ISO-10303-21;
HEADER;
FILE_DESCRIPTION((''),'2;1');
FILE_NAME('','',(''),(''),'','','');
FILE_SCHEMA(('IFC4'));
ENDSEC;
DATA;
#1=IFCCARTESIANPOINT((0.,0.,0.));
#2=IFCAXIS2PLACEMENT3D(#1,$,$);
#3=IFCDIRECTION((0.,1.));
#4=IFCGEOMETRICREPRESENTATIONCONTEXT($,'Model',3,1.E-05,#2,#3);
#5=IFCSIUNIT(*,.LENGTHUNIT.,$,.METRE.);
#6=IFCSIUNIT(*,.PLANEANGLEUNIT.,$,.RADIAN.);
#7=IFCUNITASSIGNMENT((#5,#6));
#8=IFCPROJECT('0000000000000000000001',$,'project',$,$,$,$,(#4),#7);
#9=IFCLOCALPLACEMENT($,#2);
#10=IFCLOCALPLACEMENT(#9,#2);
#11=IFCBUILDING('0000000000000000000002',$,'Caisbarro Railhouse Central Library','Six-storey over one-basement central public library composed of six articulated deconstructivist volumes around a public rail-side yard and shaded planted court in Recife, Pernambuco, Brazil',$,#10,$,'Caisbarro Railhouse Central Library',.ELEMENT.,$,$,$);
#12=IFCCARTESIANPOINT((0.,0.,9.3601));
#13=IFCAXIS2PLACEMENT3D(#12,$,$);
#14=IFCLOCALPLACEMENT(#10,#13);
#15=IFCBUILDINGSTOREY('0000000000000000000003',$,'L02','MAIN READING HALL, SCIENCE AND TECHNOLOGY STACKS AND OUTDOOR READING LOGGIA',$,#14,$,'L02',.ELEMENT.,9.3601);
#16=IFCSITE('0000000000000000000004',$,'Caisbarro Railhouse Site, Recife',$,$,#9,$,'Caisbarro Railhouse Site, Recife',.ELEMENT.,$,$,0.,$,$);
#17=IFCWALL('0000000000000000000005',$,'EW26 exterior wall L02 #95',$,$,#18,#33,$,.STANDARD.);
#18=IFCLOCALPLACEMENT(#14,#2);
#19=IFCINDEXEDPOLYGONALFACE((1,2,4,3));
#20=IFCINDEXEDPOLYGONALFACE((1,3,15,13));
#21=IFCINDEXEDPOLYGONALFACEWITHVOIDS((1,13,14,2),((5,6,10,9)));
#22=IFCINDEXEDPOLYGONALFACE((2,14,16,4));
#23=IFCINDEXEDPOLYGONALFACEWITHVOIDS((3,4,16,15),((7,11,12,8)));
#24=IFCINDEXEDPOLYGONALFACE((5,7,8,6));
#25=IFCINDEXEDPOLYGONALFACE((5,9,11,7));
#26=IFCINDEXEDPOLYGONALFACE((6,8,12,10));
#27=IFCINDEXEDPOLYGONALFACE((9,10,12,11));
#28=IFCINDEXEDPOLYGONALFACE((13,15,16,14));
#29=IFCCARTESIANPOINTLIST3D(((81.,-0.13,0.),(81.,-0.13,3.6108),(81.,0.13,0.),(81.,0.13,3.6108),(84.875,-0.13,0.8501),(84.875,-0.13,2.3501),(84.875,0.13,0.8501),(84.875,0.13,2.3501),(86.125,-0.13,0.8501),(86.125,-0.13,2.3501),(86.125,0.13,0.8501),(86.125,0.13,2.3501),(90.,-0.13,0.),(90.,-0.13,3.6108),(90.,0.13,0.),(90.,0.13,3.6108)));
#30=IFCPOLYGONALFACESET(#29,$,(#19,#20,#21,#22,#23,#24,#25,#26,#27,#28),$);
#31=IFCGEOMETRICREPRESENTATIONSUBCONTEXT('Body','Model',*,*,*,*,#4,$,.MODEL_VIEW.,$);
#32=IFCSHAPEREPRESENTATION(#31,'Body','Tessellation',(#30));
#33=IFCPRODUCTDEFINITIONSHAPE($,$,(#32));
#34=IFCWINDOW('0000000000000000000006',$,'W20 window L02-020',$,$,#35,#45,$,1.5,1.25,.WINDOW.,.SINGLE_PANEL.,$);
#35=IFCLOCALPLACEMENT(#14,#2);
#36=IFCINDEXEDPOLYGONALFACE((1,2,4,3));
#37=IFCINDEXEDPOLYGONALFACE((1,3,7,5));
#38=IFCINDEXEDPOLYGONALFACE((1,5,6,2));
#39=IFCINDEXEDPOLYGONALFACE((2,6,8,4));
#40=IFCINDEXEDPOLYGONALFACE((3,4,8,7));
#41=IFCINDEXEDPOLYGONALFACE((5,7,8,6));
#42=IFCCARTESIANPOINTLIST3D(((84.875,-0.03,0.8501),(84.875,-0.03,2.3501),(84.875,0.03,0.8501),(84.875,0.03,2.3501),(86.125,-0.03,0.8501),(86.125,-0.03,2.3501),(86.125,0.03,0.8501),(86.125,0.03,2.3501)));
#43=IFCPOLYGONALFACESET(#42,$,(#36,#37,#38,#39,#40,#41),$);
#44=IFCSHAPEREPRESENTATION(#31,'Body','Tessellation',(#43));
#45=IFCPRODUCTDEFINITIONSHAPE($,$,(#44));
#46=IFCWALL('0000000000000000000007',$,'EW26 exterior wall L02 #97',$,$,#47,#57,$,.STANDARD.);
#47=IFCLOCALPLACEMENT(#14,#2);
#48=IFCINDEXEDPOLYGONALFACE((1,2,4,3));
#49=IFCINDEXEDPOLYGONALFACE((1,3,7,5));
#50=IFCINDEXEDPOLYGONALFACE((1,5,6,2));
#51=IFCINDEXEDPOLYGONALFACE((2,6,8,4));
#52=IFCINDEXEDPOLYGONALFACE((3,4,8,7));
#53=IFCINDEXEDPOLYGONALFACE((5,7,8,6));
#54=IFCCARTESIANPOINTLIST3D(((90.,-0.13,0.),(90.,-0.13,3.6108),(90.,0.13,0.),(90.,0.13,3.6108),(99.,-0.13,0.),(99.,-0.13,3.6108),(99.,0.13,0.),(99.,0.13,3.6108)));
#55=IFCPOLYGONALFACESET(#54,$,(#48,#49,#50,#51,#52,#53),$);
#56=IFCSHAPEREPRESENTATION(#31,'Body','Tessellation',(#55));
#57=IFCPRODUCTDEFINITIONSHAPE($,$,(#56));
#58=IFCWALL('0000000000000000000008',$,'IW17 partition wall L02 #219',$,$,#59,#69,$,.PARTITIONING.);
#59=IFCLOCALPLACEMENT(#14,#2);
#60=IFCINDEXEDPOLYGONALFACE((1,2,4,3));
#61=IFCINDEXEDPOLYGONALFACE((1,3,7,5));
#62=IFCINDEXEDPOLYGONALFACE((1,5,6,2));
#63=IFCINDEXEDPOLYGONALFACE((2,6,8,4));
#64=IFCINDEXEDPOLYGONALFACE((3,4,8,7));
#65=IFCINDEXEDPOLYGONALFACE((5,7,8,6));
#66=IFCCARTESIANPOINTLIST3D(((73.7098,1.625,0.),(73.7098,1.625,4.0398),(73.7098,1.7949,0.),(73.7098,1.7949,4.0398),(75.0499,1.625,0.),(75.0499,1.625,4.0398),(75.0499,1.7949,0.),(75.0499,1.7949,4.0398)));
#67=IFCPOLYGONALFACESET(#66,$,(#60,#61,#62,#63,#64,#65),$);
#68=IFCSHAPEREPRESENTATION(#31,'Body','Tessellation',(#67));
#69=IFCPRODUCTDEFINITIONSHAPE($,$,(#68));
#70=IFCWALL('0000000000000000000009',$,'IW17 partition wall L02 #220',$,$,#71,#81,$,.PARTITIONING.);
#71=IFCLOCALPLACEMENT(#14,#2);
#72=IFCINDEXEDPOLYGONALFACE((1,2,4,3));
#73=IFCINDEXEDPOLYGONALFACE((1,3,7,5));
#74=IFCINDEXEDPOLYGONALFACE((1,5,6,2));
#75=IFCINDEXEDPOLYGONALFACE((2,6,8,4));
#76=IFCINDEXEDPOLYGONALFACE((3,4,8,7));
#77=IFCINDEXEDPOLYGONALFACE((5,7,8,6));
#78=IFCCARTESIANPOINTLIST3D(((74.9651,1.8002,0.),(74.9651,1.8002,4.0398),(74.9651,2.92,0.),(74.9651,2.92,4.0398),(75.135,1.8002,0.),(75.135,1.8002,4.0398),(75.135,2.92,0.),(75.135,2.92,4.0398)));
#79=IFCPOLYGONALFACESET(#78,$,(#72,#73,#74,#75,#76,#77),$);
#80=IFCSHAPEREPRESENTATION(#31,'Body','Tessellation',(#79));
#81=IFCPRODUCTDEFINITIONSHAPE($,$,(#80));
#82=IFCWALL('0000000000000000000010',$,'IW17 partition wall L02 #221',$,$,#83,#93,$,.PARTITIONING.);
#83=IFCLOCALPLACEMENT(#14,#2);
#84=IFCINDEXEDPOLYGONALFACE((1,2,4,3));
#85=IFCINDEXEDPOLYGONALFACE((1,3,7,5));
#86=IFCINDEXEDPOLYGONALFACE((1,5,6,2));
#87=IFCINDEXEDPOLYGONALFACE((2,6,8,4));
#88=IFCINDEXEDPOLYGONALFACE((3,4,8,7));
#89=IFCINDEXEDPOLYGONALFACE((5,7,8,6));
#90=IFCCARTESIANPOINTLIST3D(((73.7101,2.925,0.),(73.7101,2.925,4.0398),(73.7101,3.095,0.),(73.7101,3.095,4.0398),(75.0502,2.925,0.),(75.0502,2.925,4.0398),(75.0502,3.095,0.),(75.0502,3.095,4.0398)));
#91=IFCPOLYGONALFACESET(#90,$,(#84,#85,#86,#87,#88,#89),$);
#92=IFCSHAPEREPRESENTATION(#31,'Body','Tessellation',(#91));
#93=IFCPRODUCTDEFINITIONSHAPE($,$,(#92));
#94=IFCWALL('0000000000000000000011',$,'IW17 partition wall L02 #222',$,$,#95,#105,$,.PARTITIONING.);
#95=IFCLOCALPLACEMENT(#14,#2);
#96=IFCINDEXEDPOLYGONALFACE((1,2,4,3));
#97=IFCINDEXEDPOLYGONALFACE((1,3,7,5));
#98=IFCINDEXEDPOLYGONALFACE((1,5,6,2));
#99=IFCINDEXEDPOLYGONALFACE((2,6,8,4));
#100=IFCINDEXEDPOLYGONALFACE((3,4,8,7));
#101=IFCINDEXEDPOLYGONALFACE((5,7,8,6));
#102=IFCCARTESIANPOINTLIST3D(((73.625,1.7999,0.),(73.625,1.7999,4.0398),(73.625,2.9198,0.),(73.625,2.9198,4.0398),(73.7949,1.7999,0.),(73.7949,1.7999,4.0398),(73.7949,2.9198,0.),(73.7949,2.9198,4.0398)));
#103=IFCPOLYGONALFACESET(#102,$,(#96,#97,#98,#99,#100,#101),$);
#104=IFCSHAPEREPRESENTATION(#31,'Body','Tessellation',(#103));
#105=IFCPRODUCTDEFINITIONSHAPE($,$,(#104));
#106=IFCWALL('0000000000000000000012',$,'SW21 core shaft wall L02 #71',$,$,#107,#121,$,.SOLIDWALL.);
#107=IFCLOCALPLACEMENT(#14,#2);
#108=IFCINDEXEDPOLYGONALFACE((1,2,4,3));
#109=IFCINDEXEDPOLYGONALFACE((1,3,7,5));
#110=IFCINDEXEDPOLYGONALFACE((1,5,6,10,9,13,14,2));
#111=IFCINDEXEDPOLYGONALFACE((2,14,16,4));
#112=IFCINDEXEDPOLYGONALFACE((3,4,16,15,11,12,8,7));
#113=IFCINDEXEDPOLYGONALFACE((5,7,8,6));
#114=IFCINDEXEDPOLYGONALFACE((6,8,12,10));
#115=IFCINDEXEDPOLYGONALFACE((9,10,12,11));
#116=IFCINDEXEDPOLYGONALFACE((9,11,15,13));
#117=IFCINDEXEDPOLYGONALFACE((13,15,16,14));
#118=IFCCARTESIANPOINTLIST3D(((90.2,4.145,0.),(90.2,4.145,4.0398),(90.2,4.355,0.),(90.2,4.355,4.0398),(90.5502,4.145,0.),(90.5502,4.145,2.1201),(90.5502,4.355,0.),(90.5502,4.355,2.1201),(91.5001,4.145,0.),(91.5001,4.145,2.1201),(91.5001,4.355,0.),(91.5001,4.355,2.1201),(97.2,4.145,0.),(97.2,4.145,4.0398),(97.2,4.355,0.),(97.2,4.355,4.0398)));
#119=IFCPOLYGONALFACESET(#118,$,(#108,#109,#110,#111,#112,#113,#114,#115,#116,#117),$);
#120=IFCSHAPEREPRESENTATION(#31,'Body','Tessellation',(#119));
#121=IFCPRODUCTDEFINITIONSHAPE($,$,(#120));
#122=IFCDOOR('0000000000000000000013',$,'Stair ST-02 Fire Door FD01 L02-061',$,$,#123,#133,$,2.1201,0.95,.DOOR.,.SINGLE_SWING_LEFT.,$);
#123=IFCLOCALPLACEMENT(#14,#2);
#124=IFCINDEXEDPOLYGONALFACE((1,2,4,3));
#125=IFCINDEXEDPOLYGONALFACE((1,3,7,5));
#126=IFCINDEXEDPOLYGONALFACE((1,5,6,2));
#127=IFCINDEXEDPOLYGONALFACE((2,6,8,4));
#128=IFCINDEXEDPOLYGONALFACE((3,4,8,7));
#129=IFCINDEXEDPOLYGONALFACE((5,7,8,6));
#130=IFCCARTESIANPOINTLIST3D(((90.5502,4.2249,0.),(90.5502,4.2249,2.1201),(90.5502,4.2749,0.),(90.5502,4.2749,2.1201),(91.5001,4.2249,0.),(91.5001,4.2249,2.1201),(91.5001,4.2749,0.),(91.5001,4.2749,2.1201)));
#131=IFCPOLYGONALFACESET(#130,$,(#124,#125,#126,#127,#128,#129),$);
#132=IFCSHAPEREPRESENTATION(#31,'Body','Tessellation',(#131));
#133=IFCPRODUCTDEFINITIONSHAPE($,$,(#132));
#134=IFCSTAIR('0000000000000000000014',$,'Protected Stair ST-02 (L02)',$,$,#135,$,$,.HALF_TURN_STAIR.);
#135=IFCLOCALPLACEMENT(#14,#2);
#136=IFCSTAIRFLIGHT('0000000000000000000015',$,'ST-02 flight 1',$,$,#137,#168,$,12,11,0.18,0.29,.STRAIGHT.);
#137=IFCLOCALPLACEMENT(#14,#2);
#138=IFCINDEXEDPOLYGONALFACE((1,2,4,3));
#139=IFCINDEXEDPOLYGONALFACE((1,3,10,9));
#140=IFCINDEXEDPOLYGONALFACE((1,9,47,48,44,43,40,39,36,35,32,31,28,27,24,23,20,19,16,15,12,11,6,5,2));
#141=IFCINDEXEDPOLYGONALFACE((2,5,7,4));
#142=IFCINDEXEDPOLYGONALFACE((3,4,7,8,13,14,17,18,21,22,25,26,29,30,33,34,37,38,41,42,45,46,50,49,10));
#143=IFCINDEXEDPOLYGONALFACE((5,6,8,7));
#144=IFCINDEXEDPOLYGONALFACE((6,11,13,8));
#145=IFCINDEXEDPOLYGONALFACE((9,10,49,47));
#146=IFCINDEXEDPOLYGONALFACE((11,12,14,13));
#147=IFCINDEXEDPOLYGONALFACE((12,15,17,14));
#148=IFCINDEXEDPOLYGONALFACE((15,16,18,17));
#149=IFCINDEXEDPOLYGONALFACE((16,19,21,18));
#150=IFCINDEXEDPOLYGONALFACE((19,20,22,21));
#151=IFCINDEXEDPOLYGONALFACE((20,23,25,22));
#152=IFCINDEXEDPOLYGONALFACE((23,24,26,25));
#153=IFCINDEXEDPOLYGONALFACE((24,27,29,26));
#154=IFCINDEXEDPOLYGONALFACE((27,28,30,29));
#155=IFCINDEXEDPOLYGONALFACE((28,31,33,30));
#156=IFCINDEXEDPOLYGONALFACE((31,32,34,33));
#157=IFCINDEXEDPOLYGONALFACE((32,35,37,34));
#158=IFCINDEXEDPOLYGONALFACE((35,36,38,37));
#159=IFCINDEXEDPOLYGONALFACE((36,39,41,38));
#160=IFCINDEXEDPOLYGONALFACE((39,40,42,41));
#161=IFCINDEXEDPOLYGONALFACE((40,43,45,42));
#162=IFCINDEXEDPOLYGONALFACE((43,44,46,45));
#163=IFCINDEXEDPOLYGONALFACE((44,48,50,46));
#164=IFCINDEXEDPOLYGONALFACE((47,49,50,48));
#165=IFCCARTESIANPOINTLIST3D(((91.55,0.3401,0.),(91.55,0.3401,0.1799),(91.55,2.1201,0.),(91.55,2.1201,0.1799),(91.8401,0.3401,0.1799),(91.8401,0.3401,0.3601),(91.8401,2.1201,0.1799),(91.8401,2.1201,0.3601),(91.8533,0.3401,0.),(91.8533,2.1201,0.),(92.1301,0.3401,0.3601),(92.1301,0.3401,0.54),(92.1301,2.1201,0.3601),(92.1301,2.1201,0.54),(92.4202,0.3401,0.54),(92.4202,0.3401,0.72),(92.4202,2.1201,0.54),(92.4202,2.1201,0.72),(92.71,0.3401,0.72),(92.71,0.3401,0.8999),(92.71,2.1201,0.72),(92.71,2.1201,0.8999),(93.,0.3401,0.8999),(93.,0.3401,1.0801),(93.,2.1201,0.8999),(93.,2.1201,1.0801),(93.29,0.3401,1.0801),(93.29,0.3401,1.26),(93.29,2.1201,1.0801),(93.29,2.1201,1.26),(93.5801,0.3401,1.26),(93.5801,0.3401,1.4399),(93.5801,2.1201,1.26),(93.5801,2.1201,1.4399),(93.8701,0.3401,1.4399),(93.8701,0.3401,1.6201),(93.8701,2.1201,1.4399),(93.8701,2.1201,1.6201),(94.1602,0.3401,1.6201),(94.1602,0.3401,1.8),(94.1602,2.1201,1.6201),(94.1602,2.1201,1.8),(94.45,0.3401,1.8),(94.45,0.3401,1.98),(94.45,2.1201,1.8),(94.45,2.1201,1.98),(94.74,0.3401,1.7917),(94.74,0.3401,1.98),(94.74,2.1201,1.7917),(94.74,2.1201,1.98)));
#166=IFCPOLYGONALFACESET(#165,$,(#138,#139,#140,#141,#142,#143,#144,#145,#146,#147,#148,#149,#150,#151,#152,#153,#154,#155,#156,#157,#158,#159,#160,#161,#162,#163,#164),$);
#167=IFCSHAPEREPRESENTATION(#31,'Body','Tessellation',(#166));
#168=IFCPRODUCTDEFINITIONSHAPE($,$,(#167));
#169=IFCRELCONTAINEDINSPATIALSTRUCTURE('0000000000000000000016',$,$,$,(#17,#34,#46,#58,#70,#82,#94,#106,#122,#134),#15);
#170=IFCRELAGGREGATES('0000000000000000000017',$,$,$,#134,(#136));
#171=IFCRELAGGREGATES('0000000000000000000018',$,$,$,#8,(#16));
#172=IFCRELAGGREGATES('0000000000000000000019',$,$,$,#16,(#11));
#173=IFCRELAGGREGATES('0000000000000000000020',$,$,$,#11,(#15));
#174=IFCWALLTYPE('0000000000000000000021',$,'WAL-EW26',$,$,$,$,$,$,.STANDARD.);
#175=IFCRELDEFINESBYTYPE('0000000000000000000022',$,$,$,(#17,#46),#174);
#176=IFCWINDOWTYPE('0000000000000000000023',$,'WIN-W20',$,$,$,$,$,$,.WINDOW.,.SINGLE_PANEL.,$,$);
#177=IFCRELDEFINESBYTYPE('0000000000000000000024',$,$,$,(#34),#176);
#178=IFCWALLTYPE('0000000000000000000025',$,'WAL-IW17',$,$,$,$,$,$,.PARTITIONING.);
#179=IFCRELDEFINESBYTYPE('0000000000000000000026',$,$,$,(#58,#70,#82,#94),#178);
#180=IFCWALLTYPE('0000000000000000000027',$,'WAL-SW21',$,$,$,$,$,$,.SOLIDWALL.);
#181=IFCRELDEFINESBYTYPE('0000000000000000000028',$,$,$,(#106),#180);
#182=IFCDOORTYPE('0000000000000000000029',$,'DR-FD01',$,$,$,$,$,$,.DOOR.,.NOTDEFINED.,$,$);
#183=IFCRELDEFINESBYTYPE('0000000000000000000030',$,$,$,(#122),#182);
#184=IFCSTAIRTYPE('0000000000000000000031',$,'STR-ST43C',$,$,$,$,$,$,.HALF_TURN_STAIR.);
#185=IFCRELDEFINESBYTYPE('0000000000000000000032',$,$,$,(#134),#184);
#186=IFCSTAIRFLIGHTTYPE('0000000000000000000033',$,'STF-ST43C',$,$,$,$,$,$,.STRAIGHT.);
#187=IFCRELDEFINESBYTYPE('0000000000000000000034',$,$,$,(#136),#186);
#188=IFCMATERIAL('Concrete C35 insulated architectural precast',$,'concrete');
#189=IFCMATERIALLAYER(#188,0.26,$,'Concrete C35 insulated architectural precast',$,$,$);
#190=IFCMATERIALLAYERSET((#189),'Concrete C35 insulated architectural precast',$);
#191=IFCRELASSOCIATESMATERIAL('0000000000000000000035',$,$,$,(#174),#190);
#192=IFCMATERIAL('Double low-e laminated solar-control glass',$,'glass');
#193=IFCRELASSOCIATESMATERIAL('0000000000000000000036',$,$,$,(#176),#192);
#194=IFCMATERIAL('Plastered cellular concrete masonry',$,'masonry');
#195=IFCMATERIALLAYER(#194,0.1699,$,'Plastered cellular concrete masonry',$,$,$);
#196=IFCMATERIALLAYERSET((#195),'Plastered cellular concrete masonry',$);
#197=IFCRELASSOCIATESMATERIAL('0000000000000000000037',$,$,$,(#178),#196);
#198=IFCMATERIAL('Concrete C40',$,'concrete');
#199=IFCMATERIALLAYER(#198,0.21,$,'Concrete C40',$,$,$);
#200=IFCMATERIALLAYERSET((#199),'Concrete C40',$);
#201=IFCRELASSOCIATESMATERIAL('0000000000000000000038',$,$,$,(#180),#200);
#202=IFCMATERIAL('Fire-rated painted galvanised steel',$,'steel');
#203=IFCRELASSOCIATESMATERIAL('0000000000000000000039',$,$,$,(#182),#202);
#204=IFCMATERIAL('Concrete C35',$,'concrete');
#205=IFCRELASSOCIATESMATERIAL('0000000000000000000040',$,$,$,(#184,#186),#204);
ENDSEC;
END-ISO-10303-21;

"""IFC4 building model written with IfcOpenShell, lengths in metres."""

from ifc_helpers import new_model, si_unit, direction, frame, frame_2d, origin, place, context, subcontext, project, spatial, polyline, rectangle, outline, extrude, material, layer, layer_set, type_object, element, fill, aggregate, save


model = new_model("IFC4")

# Units and contexts
model_context = context("Model", 3, precision=1e-05, world=origin(), true_north=direction((0.0, 1.0)))
body_context = subcontext(model_context, "Body", "Model", "MODEL_VIEW")
ifc_project = project(units=[si_unit("LENGTHUNIT", "METRE"), si_unit("PLANEANGLEUNIT", "RADIAN")], contexts=[model_context])

# Site, building, storey
site_placement = place(None, origin())
site = spatial("IfcSite", under=ifc_project, at=site_placement, Name="Caisbarro Railhouse Site, Recife", LongName="Caisbarro Railhouse Site, Recife", CompositionType="ELEMENT", RefElevation=0.0)
building_placement = place(site_placement, origin())
building = spatial("IfcBuilding", under=site, at=building_placement, Name="Caisbarro Railhouse Central Library", Description="Six-storey over one-basement central public library composed of six articulated deconstructivist volumes around a public rail-side yard and shaded planted court in Recife, Pernambuco, Brazil", LongName="Caisbarro Railhouse Central Library", CompositionType="ELEMENT")
storey_placement = place(building_placement, frame((0.0, 0.0, 9.3601)))
storey = spatial("IfcBuildingStorey", under=building, at=storey_placement, Name="L02", Description="MAIN READING HALL, SCIENCE AND TECHNOLOGY STACKS AND OUTDOOR READING LOGGIA", LongName="L02", CompositionType="ELEMENT", Elevation=9.3601)

# Shared definitions
ifc_material_1 = material(Name="Concrete C40", Category="concrete")

# Wall, opening, window
ifc_material_2 = material(Name="Concrete C35 insulated architectural precast", Category="concrete")
ifc_layer_1 = layer(ifc_material_2, 0.26, Name="Concrete C35 insulated architectural precast")
ifc_layer_set_1 = layer_set([ifc_layer_1], Name="Concrete C35 insulated architectural precast")
wall_type_1 = type_object("IfcWallType", Name="WAL-EW26", PredefinedType="STANDARD", material=ifc_layer_set_1)
wall_1_placement = place(storey_placement, frame((81.0, 0.0, 0.0), z_axis=(0.0, 0.0, 1.0), x_axis=(1.0, 0.0, 0.0)))
wall_1 = element("IfcWall", 1, at=wall_1_placement, inside=storey, type_object=wall_type_1, Name="EW26 exterior wall L02 #95", PredefinedType="STANDARD", context=body_context, shape_type="SweptSolid", body=[
    extrude(rectangle(XDim=9.0, YDim=0.26, at=frame_2d((4.5, 0.0))), origin(), (0.0, 0.0, 1.0), 3.6108),
])
opening_1_placement = place(wall_1_placement, frame((3.875, 0.0, 0.8501)))
opening_1 = element("IfcOpeningElement", 2, at=opening_1_placement, cuts=wall_1, PredefinedType="OPENING", context=body_context, shape_type="SweptSolid", body=[
    extrude(rectangle(XDim=1.25, YDim=1.5, at=frame_2d((0.625, 0.75))), frame((0.0, 0.1401, 0.0), z_axis=(0.0, -1.0, 0.0), x_axis=(1.0, 0.0, 0.0)), (0.0, 0.0, 1.0), 0.28),
])
ifc_material_3 = material(Name="Double low-e laminated solar-control glass", Category="glass")
window_type = type_object("IfcWindowType", Name="WIN-W20", PartitioningType="SINGLE_PANEL", PredefinedType="WINDOW", material=ifc_material_3)
window_placement = place(opening_1_placement, origin())
window = element("IfcWindow", 3, at=window_placement, inside=storey, type_object=window_type, Name="W20 window L02-020", OverallHeight=1.5, OverallWidth=1.25, PartitioningType="SINGLE_PANEL", PredefinedType="WINDOW", context=body_context, shape_type="SweptSolid", body=[
    extrude(rectangle(XDim=1.25, YDim=1.5, at=frame_2d((0.625, 0.75))), frame((0.0, 0.03, 0.0), z_axis=(0.0, -1.0, 0.0), x_axis=(1.0, 0.0, 0.0)), (0.0, 0.0, 1.0), 0.0601),
])
fill(opening_1, window)

# Walls
wall_2_placement = place(storey_placement, frame((90.0, 0.0, 0.0), z_axis=(0.0, 0.0, 1.0), x_axis=(1.0, 0.0, 0.0)))
element("IfcWall", 4, at=wall_2_placement, inside=storey, type_object=wall_type_1, Name="EW26 exterior wall L02 #97", PredefinedType="STANDARD", context=body_context, shape_type="SweptSolid", body=[
    extrude(rectangle(XDim=9.0, YDim=0.26, at=frame_2d((4.5, 0.0))), origin(), (0.0, 0.0, 1.0), 3.6108),
])
ifc_material_4 = material(Name="Plastered cellular concrete masonry", Category="masonry")
ifc_layer_2 = layer(ifc_material_4, 0.1699, Name="Plastered cellular concrete masonry")
ifc_layer_set_2 = layer_set([ifc_layer_2], Name="Plastered cellular concrete masonry")
wall_type_2 = type_object("IfcWallType", Name="WAL-IW17", PredefinedType="PARTITIONING", material=ifc_layer_set_2)
wall_3_placement = place(storey_placement, frame((73.71, 1.71, 0.0), z_axis=(0.0, 0.0, 1.0), x_axis=(1.0, 0.0, 0.0)))
element("IfcWall", 5, at=wall_3_placement, inside=storey, type_object=wall_type_2, Name="IW17 partition wall L02 #219", PredefinedType="PARTITIONING", context=body_context, shape_type="SweptSolid", body=[
    extrude(rectangle(XDim=1.3401, YDim=0.1699, at=frame_2d((0.6699, 0.0))), origin(), (0.0, 0.0, 1.0), 4.0398),
])
wall_4_placement = place(storey_placement, frame((75.05, 1.8, 0.0), z_axis=(0.0, 0.0, 1.0), x_axis=(0.0, 1.0, 0.0)))
element("IfcWall", 6, at=wall_4_placement, inside=storey, type_object=wall_type_2, Name="IW17 partition wall L02 #220", PredefinedType="PARTITIONING", context=body_context, shape_type="SweptSolid", body=[
    extrude(rectangle(XDim=1.1199, YDim=0.1699, at=frame_2d((0.5601, 0.0))), origin(), (0.0, 0.0, 1.0), 4.0398),
])
wall_5_placement = place(storey_placement, frame((75.05, 3.01, 0.0), z_axis=(0.0, 0.0, 1.0), x_axis=(-1.0, 0.0, 0.0)))
element("IfcWall", 7, at=wall_5_placement, inside=storey, type_object=wall_type_2, Name="IW17 partition wall L02 #221", PredefinedType="PARTITIONING", context=body_context, shape_type="SweptSolid", body=[
    extrude(rectangle(XDim=1.3401, YDim=0.1699, at=frame_2d((0.6699, 0.0))), origin(), (0.0, 0.0, 1.0), 4.0398),
])
wall_6_placement = place(storey_placement, frame((73.71, 2.9199, 0.0), z_axis=(0.0, 0.0, 1.0), x_axis=(0.0, -1.0, 0.0)))
element("IfcWall", 8, at=wall_6_placement, inside=storey, type_object=wall_type_2, Name="IW17 partition wall L02 #222", PredefinedType="PARTITIONING", context=body_context, shape_type="SweptSolid", body=[
    extrude(rectangle(XDim=1.1199, YDim=0.1699, at=frame_2d((0.5601, 0.0))), origin(), (0.0, 0.0, 1.0), 4.0398),
])

# Wall, opening, door
ifc_material_5 = material(Name="Fire-rated painted galvanised steel", Category="steel")
ifc_layer_3 = layer(ifc_material_1, 0.21, Name="Concrete C40")
ifc_layer_set_3 = layer_set([ifc_layer_3], Name="Concrete C40")
wall_type_3 = type_object("IfcWallType", Name="WAL-SW21", PredefinedType="SOLIDWALL", material=ifc_layer_set_3)
wall_7_placement = place(storey_placement, frame((90.2, 4.25, 0.0), z_axis=(0.0, 0.0, 1.0), x_axis=(1.0, 0.0, 0.0)))
wall_7 = element("IfcWall", 9, at=wall_7_placement, inside=storey, type_object=wall_type_3, Name="SW21 core shaft wall L02 #71", PredefinedType="SOLIDWALL", context=body_context, shape_type="SweptSolid", body=[
    extrude(rectangle(XDim=7.0, YDim=0.21, at=frame_2d((3.5, 0.0))), origin(), (0.0, 0.0, 1.0), 4.0398),
])
opening_2_placement = place(wall_7_placement, frame((0.3501, 0.0, 0.0)))
opening_2 = element("IfcOpeningElement", 10, at=opening_2_placement, cuts=wall_7, PredefinedType="OPENING", context=body_context, shape_type="SweptSolid", body=[
    extrude(rectangle(XDim=0.95, YDim=2.1201, at=frame_2d((0.4751, 1.0601))), frame((0.0, 0.115, 0.0), z_axis=(0.0, -1.0, 0.0), x_axis=(1.0, 0.0, 0.0)), (0.0, 0.0, 1.0), 0.23),
])
door_type_1 = type_object("IfcDoorType", Name="DR-FD01", OperationType="NOTDEFINED", PredefinedType="DOOR", material=ifc_material_5)
door_1_placement = place(opening_2_placement, origin())
door_1 = element("IfcDoor", 11, at=door_1_placement, inside=storey, type_object=door_type_1, Name="Stair ST-02 Fire Door FD01 L02-061", OperationType="SINGLE_SWING_LEFT", OverallHeight=2.1201, OverallWidth=0.95, PredefinedType="DOOR", context=body_context, shape_type="SweptSolid", body=[
    extrude(rectangle(XDim=0.95, YDim=2.1201, at=frame_2d((0.4751, 1.0601))), frame((0.0, 0.0249, 0.0), z_axis=(0.0, -1.0, 0.0), x_axis=(1.0, 0.0, 0.0)), (0.0, 0.0, 1.0), 0.05),
])
fill(opening_2, door_1)

# Stair, stair flight
ifc_material_6 = material(Name="Concrete C35", Category="concrete")
stair_type = type_object("IfcStairType", Name="STR-ST43C", PredefinedType="HALF_TURN_STAIR", material=ifc_material_6)
stair_placement = place(storey_placement, origin())
stair = element("IfcStair", 12, at=stair_placement, inside=storey, type_object=stair_type, Name="Protected Stair ST-02 (L02)", PredefinedType="HALF_TURN_STAIR")
stair_flight_type = type_object("IfcStairFlightType", Name="STF-ST43C", PredefinedType="STRAIGHT", material=ifc_material_6)
stair_flight_placement = place(storey_placement, frame((91.55, 1.23, 0.0), z_axis=(0.0, 0.0, 1.0), x_axis=(1.0, 0.0, 0.0)))
stair_flight = element("IfcStairFlight", 13, at=stair_flight_placement, type_object=stair_flight_type, Name="ST-02 flight 1", NumberOfRisers=12, NumberOfTreads=11, PredefinedType="STRAIGHT", RiserHeight=0.18, TreadLength=0.29, context=body_context, shape_type="SweptSolid", body=[
    extrude(outline(polyline([(0.0, 0.0), (0.0, 0.1799), (0.29, 0.1799), (0.29, 0.3601), (0.5801, 0.3601), (0.5801, 0.54), (0.8701, 0.54), (0.8701, 0.72), (1.1599, 0.72), (1.1599, 0.8999), (1.45, 0.8999), (1.45, 1.0801), (1.74, 1.0801), (1.74, 1.26), (2.03, 1.26), (2.03, 1.4399), (2.3201, 1.4399), (2.3201, 1.6201), (2.6101, 1.6201), (2.6101, 1.8), (2.8999, 1.8), (2.8999, 1.98), (3.1899, 1.98), (3.1899, 2.1599), (3.1899, 1.7917), (0.3032, 0.0), (0.0, 0.0)])), frame((0.0, 0.8901, 0.0), z_axis=(0.0, -1.0, 0.0), x_axis=(1.0, 0.0, 0.0)), (0.0, 0.0, 1.0), 1.78),
])
aggregate(stair, [stair_flight])

save(model, "model.ifc")
